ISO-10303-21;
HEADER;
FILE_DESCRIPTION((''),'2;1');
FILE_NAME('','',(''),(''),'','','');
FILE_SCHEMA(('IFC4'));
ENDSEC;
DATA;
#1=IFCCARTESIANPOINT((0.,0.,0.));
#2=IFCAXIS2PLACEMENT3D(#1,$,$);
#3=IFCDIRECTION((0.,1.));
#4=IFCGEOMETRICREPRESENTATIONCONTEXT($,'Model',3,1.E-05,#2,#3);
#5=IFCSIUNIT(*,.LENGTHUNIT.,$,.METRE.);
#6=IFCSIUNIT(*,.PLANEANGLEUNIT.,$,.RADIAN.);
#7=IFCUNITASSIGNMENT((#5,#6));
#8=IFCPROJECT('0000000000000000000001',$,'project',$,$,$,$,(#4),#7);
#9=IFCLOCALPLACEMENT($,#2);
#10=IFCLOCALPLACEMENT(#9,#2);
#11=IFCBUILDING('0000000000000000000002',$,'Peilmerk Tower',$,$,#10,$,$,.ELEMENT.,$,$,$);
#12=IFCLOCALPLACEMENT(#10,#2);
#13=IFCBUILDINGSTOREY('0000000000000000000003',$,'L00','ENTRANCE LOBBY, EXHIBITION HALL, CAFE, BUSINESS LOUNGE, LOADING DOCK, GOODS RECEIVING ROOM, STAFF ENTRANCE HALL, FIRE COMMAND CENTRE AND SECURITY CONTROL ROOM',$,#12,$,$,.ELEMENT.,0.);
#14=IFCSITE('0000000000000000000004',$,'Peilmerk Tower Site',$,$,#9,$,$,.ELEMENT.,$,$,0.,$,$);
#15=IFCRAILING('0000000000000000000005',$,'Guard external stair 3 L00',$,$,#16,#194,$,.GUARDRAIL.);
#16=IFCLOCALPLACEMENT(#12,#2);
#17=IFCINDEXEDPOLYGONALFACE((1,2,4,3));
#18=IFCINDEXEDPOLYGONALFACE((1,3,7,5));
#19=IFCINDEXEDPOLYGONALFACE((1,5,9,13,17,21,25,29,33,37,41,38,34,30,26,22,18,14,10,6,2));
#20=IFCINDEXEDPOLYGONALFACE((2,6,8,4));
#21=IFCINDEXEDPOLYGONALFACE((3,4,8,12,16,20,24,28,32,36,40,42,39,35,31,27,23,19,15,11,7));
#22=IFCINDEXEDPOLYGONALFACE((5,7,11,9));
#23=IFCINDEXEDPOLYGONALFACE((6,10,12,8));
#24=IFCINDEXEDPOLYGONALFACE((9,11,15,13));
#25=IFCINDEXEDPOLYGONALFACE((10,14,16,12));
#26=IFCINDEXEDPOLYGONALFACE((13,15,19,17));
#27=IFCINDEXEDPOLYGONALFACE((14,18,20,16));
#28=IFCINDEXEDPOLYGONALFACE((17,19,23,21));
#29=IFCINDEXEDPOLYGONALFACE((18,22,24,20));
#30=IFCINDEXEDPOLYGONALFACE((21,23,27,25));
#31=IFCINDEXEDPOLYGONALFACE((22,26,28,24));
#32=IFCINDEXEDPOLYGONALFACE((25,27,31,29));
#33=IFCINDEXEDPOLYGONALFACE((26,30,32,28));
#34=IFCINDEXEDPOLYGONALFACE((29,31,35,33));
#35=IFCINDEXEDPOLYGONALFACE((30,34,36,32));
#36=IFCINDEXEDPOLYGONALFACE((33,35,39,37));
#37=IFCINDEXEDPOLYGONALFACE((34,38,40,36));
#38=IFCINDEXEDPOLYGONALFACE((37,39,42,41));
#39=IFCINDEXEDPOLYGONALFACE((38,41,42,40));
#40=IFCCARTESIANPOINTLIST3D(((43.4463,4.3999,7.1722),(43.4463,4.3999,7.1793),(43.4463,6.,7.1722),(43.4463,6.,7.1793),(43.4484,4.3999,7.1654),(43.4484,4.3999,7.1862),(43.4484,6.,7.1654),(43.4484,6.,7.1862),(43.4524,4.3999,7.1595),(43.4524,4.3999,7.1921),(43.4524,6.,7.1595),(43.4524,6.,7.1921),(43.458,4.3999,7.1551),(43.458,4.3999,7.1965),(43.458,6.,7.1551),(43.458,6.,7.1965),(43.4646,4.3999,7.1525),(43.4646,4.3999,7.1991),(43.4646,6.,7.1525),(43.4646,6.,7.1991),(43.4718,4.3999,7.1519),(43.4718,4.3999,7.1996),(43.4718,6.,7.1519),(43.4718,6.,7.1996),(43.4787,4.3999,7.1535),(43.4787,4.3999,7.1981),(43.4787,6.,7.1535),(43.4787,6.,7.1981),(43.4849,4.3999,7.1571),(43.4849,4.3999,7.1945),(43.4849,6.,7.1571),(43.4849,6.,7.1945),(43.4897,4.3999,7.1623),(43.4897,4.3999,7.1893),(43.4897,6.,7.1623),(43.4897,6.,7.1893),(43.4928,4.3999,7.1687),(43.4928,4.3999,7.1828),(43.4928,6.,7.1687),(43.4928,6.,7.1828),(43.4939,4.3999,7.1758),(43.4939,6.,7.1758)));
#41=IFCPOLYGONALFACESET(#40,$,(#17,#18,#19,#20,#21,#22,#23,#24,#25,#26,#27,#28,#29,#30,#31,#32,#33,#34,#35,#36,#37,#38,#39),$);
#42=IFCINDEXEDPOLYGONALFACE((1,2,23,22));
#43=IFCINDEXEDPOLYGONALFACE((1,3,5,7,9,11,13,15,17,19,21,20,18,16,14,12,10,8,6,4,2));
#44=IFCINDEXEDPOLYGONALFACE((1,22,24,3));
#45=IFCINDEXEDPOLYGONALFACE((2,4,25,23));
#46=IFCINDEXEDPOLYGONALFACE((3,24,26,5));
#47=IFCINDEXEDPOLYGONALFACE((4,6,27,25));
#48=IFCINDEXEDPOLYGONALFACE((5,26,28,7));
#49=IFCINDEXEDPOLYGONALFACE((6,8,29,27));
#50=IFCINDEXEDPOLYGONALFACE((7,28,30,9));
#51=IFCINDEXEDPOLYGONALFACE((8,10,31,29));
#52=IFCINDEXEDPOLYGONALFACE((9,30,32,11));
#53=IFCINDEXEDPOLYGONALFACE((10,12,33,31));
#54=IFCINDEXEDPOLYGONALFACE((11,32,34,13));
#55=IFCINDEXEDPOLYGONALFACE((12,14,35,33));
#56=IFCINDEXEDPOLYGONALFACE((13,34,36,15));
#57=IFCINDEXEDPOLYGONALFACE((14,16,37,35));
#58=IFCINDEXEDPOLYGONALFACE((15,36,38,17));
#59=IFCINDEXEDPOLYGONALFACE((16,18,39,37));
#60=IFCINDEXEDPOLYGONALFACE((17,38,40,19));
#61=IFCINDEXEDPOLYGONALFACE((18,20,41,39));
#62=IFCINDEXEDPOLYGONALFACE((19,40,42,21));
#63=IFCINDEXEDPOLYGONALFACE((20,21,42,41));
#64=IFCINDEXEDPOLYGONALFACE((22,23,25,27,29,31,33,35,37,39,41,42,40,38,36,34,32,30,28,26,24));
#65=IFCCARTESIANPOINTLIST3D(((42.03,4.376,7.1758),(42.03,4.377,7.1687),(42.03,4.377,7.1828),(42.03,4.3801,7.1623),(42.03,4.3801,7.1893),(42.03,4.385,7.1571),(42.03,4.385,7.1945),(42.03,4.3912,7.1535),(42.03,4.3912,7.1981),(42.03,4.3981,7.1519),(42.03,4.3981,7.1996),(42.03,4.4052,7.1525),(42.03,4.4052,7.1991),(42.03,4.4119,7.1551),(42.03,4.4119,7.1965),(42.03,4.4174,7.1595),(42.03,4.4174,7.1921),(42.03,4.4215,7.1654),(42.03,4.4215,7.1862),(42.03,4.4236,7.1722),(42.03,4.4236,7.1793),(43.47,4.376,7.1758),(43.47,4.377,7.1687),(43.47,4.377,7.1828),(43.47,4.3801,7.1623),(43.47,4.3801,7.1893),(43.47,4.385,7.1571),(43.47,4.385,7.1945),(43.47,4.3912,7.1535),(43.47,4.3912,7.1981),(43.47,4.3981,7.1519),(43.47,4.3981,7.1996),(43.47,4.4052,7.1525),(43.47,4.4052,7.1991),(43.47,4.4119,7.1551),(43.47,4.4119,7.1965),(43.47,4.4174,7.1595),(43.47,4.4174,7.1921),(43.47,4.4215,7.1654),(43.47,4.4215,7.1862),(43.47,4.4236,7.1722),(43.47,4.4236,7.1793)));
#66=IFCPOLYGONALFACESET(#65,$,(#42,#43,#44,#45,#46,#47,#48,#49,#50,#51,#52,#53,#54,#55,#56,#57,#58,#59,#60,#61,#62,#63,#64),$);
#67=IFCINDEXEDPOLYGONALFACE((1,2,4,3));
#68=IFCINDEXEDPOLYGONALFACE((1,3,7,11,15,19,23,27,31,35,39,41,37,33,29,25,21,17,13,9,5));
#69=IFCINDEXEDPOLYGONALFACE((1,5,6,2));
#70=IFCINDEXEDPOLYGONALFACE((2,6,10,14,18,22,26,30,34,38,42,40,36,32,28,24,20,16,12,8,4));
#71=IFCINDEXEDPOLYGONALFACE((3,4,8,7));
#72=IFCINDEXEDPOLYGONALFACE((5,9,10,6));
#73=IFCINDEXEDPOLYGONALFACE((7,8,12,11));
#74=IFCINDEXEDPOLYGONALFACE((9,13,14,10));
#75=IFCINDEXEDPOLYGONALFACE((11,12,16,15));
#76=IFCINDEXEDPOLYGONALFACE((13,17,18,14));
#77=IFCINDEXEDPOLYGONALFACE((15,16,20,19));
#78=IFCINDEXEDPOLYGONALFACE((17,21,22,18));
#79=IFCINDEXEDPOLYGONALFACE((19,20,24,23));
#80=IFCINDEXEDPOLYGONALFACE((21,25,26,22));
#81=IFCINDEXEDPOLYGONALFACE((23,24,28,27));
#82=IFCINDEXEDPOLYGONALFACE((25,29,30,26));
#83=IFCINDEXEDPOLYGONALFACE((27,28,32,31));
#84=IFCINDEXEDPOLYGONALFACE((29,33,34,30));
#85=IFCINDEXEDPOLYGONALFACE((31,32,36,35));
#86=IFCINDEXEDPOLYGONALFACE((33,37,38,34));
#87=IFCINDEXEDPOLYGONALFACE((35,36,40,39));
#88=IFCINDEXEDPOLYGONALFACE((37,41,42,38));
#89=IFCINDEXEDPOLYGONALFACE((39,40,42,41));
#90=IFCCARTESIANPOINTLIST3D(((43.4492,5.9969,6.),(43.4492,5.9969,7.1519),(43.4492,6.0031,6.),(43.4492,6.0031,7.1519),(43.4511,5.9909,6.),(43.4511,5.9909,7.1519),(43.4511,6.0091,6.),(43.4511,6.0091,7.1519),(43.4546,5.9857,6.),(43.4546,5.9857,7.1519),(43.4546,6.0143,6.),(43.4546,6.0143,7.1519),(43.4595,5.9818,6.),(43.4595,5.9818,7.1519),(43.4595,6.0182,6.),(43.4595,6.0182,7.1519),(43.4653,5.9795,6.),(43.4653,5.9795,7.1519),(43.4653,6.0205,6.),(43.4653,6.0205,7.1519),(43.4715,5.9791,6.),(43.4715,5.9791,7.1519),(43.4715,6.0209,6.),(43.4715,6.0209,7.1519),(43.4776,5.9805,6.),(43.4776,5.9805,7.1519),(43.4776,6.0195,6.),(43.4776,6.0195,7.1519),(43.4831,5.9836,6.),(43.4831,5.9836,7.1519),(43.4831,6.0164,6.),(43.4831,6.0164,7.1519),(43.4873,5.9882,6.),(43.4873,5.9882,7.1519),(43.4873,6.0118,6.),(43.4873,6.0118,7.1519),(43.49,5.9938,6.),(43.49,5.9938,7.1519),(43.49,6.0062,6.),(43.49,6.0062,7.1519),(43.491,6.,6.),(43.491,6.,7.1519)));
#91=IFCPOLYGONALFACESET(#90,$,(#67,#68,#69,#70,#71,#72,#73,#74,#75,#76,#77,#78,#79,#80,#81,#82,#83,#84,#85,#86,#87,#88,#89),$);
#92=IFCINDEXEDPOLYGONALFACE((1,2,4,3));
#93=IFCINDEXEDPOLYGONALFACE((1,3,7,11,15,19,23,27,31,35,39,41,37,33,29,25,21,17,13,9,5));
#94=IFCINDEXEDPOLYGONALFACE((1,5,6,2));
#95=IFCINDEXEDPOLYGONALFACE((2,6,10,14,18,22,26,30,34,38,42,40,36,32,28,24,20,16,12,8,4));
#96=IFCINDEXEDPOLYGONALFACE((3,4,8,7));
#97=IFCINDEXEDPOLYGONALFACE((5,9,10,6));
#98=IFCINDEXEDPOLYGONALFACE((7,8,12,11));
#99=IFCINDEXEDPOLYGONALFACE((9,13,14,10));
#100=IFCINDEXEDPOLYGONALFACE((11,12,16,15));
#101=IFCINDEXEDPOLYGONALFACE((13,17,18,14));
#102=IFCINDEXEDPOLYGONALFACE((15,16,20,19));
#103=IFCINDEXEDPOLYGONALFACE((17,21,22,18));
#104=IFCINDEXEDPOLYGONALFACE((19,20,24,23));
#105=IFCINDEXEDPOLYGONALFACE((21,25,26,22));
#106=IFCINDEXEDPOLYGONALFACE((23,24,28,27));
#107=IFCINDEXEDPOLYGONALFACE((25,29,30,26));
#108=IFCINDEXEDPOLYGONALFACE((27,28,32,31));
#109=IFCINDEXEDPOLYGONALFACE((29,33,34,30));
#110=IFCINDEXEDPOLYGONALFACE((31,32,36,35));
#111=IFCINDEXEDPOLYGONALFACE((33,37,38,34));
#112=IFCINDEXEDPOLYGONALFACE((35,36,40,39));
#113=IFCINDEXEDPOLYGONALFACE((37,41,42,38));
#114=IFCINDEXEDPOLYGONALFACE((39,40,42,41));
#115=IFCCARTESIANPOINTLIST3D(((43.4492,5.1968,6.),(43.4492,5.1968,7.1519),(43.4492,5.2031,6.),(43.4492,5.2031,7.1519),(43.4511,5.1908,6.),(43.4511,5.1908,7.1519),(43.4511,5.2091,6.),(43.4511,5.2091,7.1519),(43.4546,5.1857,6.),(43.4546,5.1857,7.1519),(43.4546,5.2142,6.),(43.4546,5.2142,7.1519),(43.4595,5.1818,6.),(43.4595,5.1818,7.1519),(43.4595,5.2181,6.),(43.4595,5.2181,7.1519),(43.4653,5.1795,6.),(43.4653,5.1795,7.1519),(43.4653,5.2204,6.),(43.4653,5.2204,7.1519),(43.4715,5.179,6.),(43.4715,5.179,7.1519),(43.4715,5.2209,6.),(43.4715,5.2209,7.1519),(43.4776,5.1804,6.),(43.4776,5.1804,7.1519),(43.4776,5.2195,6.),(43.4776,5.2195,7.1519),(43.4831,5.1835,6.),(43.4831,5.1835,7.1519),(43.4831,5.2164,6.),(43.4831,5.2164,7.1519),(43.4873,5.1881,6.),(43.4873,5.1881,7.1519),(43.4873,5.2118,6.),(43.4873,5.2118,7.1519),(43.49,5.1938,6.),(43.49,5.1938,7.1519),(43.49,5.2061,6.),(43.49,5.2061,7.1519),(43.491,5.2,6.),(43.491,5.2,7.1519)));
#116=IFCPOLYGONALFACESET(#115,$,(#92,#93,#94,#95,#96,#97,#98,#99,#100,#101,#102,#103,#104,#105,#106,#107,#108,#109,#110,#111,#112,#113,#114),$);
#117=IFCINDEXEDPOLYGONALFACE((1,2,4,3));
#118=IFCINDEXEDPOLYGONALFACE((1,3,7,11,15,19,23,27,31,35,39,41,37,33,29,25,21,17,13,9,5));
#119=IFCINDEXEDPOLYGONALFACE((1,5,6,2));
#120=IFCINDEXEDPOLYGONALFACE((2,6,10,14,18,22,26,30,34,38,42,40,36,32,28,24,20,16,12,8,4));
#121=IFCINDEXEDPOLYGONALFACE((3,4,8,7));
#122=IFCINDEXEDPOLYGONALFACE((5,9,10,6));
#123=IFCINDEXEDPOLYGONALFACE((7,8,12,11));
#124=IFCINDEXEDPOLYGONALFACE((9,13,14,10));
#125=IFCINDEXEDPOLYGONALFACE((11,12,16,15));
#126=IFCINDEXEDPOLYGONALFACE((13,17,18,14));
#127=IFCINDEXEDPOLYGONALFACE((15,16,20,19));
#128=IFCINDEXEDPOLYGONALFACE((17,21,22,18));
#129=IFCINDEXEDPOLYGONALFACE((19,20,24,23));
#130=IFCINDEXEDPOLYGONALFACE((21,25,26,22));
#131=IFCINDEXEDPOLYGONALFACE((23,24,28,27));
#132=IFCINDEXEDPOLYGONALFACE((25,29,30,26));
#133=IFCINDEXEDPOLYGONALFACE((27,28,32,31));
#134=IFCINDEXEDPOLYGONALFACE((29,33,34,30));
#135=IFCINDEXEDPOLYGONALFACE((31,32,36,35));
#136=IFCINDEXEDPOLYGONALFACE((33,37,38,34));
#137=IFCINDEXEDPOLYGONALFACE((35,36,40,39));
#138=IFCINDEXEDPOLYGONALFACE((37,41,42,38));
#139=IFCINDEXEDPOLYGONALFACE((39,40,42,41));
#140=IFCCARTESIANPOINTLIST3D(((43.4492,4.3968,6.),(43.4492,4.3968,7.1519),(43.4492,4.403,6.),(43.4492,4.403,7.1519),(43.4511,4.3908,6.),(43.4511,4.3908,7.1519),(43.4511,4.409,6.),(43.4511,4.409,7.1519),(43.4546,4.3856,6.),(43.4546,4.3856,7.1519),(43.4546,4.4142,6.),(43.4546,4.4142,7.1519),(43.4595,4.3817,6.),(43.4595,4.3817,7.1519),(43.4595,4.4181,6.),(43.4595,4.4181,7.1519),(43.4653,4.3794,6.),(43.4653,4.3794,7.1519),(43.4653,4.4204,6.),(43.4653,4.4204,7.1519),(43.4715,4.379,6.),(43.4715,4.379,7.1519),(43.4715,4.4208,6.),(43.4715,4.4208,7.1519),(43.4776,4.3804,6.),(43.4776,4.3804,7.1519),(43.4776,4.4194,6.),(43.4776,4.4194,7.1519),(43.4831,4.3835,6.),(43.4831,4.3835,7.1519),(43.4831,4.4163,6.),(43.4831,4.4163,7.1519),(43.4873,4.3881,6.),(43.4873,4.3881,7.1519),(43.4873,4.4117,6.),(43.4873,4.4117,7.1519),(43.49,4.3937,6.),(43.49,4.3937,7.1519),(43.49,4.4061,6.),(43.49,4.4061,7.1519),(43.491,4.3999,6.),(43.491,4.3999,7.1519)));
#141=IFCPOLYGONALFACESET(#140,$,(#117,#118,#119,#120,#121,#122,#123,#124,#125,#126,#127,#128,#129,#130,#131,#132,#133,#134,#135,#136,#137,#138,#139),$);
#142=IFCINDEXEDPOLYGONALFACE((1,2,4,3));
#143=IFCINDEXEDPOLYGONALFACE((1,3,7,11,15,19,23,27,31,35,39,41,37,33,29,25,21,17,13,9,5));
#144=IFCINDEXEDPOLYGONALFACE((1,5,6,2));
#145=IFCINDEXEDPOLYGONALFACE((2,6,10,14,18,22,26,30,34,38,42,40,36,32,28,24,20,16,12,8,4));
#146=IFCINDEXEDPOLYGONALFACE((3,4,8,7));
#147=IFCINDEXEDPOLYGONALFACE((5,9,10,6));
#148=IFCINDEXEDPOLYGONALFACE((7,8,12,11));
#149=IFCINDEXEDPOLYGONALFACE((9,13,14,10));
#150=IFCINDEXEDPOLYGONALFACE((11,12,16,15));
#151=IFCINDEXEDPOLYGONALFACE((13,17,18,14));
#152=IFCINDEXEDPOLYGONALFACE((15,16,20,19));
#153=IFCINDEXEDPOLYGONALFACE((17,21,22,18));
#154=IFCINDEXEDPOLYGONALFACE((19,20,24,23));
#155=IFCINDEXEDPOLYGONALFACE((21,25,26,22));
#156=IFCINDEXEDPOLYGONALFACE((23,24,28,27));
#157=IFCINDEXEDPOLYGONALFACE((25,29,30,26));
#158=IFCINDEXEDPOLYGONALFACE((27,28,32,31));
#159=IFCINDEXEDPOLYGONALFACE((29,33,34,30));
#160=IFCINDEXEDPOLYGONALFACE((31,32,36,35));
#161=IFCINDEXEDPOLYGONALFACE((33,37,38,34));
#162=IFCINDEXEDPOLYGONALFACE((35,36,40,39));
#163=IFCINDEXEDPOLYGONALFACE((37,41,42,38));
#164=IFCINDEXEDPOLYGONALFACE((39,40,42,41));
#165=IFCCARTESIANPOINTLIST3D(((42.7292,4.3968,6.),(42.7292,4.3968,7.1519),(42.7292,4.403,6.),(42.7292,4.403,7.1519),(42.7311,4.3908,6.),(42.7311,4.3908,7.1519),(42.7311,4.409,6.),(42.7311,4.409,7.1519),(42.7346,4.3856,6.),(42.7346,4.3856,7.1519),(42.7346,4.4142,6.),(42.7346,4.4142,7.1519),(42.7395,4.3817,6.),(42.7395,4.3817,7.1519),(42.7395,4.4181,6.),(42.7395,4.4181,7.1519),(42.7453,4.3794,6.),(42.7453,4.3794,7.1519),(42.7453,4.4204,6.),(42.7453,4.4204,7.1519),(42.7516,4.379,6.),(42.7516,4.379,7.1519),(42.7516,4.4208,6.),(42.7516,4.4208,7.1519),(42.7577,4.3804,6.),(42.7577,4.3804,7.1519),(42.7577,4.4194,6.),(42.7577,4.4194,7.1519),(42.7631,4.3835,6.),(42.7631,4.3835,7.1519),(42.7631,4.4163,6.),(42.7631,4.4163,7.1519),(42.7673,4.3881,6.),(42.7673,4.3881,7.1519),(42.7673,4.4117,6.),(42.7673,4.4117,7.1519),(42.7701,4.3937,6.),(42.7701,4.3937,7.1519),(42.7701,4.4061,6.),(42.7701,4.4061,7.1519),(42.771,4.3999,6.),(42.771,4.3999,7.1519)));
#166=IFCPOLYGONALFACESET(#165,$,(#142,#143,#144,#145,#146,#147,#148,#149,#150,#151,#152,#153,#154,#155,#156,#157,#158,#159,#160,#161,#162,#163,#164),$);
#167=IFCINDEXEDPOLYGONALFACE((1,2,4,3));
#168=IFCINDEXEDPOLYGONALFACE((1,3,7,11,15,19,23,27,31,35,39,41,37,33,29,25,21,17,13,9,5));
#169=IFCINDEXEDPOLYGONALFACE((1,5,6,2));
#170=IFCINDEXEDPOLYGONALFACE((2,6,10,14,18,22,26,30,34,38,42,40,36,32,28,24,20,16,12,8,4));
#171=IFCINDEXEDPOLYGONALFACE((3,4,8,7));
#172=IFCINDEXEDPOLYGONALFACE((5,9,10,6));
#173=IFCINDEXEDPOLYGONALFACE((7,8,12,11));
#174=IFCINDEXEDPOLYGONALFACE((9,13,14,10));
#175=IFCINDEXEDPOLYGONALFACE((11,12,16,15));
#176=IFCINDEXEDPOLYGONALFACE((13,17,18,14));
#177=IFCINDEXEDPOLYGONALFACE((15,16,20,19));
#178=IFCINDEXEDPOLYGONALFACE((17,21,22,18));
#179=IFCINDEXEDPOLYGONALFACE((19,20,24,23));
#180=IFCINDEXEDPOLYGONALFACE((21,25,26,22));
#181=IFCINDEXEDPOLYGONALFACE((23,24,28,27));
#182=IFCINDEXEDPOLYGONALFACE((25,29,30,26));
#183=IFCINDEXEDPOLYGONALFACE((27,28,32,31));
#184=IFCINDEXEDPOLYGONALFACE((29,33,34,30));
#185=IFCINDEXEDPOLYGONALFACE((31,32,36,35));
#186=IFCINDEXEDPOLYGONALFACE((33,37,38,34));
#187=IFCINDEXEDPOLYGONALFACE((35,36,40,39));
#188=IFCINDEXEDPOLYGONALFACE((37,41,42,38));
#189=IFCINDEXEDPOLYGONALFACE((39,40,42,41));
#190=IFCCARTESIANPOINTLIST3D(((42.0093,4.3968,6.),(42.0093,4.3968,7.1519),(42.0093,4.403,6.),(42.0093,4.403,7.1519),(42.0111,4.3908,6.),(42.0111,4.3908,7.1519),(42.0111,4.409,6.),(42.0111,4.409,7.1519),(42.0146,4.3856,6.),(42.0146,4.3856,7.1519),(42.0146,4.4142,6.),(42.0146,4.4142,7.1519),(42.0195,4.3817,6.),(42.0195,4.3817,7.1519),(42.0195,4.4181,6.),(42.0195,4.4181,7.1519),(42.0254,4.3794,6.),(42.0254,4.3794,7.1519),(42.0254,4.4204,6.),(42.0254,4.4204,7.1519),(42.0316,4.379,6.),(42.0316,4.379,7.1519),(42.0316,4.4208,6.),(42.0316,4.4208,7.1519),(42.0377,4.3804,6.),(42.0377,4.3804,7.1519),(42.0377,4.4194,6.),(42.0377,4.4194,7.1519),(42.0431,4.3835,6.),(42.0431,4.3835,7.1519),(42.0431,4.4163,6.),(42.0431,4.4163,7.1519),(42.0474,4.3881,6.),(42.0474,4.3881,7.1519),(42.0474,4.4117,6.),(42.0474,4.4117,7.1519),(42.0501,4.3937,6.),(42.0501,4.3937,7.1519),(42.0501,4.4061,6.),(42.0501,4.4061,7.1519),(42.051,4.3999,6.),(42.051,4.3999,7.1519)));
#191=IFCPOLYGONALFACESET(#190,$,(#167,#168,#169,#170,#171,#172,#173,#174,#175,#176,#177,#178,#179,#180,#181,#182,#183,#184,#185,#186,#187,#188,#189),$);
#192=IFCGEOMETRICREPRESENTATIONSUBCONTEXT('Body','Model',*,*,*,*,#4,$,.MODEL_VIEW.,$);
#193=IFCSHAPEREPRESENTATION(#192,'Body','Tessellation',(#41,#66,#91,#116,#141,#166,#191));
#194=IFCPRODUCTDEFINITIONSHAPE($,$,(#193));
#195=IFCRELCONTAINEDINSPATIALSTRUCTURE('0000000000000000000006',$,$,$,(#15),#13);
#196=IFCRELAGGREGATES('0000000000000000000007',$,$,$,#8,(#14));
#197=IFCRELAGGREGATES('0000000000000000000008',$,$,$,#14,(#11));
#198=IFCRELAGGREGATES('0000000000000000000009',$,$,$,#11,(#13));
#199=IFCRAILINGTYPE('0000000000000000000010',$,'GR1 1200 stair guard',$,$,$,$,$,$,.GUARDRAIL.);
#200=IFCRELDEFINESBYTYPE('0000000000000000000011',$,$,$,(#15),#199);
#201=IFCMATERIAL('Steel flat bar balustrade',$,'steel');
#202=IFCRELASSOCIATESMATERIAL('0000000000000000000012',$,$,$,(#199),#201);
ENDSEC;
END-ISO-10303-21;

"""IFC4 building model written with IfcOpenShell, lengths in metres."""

from ifc_helpers import new_model, si_unit, direction, frame, origin, origin_2d, place, context, subcontext, project, spatial, circle, extrude, material, type_object, element, save


model = new_model("IFC4")

# Units and contexts
model_context = context("Model", 3, precision=1e-05, world=origin(), true_north=direction((0.0, 1.0)))
body_context = subcontext(model_context, "Body", "Model", "MODEL_VIEW")
ifc_project = project(units=[si_unit("LENGTHUNIT", "METRE"), si_unit("PLANEANGLEUNIT", "RADIAN")], contexts=[model_context])

# Site, building, storey
site_placement = place(None, origin())
site = spatial("IfcSite", under=ifc_project, at=site_placement, Name="Peilmerk Tower Site", CompositionType="ELEMENT", RefElevation=0.0)
building_placement = place(site_placement, origin())
building = spatial("IfcBuilding", under=site, at=building_placement, Name="Peilmerk Tower", CompositionType="ELEMENT")
storey_placement = place(building_placement, origin())
storey = spatial("IfcBuildingStorey", under=building, at=storey_placement, Name="L00", Description="ENTRANCE LOBBY, EXHIBITION HALL, CAFE, BUSINESS LOUNGE, LOADING DOCK, GOODS RECEIVING ROOM, STAFF ENTRANCE HALL, FIRE COMMAND CENTRE AND SECURITY CONTROL ROOM", CompositionType="ELEMENT", Elevation=0.0)

# Railing
ifc_material_1 = material(Name="Steel flat bar balustrade", Category="steel")
railing_type_1 = type_object("IfcRailingType", Name="GR1 1200 stair guard", PredefinedType="GUARDRAIL", material=ifc_material_1)
railing_1_placement = place(storey_placement, frame((43.47, 6.0, 6.0)))
element("IfcRailing", 1, at=railing_1_placement, inside=storey, type_object=railing_type_1, Name="Guard external stair 3 L00", PredefinedType="GUARDRAIL", context=body_context, shape_type="SweptSolid", body=[
    extrude(circle(Radius=0.0239, at=origin_2d()), frame((0.0, 0.0, 1.1758), z_axis=(0.0, -1.0, 0.0), x_axis=(1.0, 0.0, 0.0)), (0.0, 0.0, 1.0), 1.6001),
    extrude(circle(Radius=0.0239, at=origin_2d()), frame((0.0, -1.6001, 1.1758), z_axis=(-1.0, 0.0, 0.0), x_axis=(0.0, -1.0, 0.0)), (0.0, 0.0, 1.0), 1.4399),
    extrude(circle(Radius=0.021, at=origin_2d()), origin(), (0.0, 0.0, 1.0), 1.1519),
    extrude(circle(Radius=0.021, at=origin_2d()), frame((0.0, -0.8, 0.0)), (0.0, 0.0, 1.0), 1.1519),
    extrude(circle(Radius=0.021, at=origin_2d()), frame((0.0, -1.6001, 0.0)), (0.0, 0.0, 1.0), 1.1519),
    extrude(circle(Radius=0.021, at=origin_2d()), frame((-0.72, -1.6001, 0.0)), (0.0, 0.0, 1.0), 1.1519),
    extrude(circle(Radius=0.021, at=origin_2d()), frame((-1.4399, -1.6001, 0.0)), (0.0, 0.0, 1.0), 1.1519),
])

save(model, "model.ifc")
